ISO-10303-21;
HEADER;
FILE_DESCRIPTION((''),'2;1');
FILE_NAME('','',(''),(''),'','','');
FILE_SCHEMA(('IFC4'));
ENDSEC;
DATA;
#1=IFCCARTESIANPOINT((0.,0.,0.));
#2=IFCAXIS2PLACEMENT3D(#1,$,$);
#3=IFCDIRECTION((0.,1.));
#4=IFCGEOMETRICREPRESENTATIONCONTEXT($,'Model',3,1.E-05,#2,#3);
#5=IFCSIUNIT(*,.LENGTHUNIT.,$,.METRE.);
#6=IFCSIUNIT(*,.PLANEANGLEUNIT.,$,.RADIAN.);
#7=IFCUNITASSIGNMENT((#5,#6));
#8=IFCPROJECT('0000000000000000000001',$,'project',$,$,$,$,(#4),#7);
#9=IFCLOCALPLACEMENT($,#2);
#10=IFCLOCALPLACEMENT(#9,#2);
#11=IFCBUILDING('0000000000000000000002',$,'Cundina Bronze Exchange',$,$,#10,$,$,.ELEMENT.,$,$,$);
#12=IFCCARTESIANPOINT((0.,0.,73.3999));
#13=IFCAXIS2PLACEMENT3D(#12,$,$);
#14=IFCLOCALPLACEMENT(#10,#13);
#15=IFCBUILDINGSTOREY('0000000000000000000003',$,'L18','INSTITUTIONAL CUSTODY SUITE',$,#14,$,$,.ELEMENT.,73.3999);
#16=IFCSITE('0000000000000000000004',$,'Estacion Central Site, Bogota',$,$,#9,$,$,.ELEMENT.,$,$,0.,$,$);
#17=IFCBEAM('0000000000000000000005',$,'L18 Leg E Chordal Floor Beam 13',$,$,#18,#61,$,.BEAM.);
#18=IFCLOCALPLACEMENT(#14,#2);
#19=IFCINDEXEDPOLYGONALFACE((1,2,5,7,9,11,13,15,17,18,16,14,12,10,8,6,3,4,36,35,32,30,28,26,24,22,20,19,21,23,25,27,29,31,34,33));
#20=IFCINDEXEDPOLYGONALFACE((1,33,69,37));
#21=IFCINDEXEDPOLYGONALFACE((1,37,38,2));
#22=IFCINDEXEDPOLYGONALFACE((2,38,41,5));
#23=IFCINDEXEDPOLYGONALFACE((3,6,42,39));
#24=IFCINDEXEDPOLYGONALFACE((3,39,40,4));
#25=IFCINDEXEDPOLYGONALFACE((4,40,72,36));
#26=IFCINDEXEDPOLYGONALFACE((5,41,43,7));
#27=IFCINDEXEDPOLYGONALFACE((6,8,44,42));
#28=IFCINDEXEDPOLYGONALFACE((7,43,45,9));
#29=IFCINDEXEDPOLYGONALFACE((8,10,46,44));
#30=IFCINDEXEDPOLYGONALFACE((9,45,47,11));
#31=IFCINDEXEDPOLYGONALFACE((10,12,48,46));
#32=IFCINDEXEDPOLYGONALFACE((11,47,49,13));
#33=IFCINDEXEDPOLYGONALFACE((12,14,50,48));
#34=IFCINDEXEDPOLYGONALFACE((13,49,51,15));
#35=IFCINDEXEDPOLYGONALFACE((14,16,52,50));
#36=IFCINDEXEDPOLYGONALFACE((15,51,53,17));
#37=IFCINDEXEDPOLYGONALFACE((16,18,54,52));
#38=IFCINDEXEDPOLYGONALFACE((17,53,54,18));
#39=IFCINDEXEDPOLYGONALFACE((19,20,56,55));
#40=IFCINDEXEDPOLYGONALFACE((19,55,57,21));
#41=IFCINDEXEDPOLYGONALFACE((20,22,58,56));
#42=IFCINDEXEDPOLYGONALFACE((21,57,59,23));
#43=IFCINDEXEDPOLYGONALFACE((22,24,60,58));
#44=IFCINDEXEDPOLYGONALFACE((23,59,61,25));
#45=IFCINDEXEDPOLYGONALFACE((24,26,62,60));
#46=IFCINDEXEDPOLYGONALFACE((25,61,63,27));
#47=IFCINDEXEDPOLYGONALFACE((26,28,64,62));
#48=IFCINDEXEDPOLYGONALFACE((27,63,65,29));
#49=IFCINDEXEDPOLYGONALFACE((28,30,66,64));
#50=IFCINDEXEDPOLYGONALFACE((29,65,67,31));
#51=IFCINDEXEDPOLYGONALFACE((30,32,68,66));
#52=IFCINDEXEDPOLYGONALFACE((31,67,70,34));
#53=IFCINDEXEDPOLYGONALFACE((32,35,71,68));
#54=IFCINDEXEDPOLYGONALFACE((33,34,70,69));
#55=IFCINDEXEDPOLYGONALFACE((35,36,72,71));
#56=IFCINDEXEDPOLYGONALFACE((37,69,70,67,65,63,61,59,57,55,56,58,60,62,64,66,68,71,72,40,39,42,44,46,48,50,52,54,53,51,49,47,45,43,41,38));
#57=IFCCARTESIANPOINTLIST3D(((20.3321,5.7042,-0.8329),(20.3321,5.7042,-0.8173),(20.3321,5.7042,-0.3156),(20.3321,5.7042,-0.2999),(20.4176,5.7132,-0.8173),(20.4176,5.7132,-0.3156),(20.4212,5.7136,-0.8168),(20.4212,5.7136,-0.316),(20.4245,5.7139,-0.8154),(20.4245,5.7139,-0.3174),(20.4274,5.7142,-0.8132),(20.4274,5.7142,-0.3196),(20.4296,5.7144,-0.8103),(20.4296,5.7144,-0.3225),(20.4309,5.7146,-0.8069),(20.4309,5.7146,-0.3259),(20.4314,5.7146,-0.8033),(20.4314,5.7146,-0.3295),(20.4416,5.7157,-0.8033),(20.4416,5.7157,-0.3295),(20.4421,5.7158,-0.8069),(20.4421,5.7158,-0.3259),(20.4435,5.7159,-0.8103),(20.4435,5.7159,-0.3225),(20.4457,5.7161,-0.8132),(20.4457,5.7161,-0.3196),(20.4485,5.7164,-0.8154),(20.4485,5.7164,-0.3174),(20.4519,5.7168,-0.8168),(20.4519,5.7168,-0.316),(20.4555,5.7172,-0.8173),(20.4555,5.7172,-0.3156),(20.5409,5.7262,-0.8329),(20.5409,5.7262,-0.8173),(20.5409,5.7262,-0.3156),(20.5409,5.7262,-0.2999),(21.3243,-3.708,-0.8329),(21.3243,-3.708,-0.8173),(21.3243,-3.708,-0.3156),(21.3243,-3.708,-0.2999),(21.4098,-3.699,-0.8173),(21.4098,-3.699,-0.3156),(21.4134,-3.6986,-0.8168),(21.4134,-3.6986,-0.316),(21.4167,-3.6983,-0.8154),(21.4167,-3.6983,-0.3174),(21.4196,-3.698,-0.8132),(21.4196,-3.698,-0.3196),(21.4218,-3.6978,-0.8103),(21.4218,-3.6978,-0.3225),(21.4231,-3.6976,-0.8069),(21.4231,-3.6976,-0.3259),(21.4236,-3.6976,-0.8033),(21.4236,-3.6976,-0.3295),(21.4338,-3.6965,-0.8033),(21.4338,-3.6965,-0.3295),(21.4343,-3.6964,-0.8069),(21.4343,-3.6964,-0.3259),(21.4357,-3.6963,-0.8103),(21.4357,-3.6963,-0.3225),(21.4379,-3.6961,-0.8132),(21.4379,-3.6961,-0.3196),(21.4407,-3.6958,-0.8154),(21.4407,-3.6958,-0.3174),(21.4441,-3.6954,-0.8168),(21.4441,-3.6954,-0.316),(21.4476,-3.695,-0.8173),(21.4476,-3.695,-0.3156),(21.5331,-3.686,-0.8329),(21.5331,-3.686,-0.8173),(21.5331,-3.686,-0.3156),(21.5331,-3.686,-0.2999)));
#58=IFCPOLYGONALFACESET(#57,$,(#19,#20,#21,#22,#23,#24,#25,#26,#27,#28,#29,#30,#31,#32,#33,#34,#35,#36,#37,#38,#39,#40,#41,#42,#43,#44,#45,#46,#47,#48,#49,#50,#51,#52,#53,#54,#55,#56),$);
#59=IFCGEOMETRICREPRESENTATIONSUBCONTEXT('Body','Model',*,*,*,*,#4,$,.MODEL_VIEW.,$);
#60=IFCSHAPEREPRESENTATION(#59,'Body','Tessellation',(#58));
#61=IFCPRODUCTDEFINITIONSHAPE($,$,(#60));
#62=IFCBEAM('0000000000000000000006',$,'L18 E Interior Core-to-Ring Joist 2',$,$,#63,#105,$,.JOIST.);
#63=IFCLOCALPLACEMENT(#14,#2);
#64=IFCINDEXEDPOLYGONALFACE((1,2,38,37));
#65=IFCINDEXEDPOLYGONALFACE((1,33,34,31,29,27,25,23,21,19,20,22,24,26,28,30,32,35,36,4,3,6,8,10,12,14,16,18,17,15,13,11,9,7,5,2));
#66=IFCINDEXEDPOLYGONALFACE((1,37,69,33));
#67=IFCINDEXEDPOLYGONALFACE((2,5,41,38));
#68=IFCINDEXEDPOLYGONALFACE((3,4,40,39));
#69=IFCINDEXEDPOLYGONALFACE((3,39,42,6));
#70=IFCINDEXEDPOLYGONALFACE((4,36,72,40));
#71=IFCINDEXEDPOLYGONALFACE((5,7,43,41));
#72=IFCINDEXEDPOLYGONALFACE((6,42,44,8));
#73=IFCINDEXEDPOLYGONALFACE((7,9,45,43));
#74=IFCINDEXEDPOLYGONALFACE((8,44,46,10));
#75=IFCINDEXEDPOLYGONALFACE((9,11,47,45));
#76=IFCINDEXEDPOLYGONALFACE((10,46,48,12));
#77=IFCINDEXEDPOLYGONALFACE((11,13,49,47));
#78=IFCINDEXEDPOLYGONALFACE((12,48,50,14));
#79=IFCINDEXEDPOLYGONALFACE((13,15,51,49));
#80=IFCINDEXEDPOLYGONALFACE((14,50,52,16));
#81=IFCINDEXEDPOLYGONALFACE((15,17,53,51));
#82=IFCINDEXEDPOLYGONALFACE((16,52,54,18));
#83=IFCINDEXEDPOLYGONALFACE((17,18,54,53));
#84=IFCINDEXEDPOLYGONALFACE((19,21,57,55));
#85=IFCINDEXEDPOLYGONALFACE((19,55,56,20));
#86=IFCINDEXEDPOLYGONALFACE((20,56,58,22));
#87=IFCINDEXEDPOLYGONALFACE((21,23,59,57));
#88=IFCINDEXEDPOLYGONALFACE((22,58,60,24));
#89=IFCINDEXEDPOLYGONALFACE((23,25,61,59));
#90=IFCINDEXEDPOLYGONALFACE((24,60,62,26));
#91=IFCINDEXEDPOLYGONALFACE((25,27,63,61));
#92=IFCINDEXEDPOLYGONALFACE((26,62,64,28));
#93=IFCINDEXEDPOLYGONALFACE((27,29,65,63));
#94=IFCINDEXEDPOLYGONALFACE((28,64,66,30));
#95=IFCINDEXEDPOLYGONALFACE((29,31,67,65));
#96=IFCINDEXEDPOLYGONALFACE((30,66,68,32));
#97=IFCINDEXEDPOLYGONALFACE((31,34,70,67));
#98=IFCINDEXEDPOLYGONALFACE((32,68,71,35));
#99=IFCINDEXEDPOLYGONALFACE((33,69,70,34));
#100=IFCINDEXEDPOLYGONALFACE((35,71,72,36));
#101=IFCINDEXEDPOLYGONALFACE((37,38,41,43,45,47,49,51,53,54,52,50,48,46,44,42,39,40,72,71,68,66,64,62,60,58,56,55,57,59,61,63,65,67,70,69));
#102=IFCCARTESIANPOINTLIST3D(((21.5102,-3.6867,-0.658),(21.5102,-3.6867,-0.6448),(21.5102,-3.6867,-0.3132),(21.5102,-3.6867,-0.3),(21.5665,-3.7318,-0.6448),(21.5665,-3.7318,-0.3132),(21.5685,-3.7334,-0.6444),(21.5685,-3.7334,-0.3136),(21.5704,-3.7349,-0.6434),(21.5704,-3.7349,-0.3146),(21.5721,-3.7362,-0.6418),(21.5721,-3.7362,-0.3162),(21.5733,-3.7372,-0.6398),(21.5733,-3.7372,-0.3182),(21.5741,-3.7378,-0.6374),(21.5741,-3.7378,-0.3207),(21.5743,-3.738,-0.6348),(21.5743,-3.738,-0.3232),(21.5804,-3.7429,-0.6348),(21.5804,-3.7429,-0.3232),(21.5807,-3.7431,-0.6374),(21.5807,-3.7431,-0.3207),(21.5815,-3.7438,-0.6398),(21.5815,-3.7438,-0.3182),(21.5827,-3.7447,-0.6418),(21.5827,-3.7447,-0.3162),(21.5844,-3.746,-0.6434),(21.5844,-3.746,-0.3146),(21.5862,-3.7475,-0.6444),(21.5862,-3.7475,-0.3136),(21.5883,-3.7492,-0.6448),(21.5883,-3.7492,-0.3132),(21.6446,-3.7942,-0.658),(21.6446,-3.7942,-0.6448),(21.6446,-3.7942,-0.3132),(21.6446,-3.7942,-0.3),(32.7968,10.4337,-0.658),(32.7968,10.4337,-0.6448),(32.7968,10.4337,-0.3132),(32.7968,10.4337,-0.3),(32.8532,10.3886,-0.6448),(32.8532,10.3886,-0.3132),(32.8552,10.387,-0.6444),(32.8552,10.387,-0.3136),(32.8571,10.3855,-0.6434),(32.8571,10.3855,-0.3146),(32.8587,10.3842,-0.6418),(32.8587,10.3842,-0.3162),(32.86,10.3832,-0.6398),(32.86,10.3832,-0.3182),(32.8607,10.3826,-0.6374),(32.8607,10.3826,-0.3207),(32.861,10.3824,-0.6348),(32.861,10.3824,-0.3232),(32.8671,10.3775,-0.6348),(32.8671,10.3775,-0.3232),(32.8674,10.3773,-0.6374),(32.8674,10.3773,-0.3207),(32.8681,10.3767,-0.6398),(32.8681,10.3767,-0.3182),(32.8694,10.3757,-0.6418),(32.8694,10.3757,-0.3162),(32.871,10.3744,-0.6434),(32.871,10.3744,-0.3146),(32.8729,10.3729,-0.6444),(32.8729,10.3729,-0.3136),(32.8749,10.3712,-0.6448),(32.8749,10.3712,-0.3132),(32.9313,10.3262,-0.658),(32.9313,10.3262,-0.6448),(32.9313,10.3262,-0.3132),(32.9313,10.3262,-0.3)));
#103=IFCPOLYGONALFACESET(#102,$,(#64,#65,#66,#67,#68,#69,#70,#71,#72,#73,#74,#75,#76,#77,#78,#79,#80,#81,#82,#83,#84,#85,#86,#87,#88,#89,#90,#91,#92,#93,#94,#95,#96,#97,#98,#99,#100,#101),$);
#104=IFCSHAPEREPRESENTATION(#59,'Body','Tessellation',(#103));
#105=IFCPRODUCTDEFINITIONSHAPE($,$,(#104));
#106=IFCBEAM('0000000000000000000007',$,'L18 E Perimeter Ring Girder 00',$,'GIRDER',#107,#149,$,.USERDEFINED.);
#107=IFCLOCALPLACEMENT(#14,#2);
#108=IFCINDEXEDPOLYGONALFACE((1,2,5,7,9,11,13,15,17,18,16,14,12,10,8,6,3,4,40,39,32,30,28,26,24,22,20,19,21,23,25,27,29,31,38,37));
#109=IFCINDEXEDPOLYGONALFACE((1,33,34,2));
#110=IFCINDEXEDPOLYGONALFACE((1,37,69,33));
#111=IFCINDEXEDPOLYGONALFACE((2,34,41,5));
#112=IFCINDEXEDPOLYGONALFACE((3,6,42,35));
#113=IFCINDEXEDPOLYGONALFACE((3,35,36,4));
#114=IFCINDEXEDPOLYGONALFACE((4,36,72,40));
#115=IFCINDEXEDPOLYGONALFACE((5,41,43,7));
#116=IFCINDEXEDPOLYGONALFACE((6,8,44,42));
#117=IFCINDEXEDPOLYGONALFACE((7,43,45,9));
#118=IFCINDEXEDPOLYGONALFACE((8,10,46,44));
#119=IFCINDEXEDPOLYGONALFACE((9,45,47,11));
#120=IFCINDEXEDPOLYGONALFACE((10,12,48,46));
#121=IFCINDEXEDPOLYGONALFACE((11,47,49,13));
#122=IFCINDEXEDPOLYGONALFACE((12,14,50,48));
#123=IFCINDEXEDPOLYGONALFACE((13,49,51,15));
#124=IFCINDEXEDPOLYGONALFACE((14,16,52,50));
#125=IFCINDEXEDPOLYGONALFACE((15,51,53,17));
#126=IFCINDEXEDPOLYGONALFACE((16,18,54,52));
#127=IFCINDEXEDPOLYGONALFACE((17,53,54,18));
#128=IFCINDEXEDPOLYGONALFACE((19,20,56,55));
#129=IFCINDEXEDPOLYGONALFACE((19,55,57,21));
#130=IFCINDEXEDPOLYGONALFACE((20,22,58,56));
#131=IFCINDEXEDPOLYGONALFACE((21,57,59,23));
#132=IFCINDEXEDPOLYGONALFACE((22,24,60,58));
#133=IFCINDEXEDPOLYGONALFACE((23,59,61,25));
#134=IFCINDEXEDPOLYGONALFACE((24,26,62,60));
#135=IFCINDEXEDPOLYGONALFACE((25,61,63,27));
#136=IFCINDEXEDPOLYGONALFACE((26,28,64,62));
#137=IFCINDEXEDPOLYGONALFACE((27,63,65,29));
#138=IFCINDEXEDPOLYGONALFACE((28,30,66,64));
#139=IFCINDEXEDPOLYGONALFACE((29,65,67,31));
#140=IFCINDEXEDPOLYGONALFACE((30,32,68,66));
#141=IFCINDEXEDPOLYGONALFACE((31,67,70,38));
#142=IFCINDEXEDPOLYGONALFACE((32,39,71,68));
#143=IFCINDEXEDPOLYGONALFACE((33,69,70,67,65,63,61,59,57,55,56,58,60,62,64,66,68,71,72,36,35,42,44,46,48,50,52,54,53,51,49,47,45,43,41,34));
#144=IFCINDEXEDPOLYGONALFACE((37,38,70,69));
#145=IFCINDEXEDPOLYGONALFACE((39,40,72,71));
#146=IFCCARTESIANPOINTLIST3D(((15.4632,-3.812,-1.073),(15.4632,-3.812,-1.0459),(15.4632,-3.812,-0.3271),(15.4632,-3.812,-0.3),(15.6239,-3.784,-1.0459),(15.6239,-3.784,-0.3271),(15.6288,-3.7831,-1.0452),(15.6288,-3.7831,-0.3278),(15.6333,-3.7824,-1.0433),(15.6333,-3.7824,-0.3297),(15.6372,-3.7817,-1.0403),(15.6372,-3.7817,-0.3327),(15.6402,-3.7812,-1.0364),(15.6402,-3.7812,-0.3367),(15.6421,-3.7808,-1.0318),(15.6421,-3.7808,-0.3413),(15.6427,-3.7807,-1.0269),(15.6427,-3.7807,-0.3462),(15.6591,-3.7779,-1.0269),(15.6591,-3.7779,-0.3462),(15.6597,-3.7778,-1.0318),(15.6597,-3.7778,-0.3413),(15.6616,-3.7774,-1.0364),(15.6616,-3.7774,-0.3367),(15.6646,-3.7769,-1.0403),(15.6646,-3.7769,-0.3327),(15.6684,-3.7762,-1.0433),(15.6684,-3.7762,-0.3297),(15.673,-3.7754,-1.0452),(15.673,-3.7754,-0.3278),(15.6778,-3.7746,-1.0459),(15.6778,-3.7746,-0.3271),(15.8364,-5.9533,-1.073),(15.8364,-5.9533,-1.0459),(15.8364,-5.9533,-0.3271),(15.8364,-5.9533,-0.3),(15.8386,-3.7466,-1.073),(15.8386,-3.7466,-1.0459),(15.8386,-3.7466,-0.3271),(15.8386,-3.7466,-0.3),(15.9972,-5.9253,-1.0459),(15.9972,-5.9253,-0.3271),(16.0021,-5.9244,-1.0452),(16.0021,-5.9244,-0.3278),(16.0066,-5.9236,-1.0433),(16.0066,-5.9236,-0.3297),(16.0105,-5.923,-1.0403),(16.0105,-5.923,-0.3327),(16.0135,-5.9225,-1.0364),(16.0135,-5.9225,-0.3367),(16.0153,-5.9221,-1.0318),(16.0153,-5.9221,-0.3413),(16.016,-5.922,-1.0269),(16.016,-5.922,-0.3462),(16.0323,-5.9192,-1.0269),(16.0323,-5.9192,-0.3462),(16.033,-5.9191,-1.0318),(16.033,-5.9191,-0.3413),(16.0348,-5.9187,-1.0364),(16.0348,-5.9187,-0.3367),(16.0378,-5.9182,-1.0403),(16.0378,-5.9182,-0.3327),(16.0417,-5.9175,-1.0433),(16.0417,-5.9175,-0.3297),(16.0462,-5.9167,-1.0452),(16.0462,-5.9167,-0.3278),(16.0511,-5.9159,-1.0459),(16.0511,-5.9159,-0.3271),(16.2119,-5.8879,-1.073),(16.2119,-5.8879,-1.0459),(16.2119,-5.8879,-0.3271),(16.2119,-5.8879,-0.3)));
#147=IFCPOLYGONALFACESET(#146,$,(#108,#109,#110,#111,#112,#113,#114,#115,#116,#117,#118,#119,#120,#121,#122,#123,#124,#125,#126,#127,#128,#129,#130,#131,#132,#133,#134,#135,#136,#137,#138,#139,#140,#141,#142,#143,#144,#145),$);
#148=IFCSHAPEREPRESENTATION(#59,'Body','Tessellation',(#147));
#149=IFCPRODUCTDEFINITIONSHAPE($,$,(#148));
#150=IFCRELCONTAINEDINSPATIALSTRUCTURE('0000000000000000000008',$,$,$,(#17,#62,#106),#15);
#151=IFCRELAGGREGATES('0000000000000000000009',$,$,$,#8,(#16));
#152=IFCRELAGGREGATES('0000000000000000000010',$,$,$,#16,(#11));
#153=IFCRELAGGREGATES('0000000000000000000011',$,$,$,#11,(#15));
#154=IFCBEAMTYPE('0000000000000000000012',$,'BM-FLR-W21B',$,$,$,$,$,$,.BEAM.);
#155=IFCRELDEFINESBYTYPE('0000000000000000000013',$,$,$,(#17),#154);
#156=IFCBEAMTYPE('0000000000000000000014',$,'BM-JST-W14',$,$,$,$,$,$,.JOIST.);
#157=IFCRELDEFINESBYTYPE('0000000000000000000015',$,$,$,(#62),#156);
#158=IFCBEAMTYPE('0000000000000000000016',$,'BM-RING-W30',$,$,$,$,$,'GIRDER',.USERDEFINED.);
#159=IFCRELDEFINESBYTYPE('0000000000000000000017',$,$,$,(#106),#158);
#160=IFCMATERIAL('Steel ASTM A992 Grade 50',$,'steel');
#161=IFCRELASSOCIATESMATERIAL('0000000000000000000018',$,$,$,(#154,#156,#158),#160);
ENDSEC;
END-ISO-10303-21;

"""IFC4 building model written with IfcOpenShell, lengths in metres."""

from ifc_helpers import new_model, si_unit, direction, frame, origin, origin_2d, place, context, subcontext, project, spatial, i_section, extrude, material, material_profile, profile_set, type_object, element, save


model = new_model("IFC4")

# Units and contexts
model_context = context("Model", 3, precision=1e-05, world=origin(), true_north=direction((0.0, 1.0)))
body_context = subcontext(model_context, "Body", "Model", "MODEL_VIEW")
ifc_project = project(units=[si_unit("LENGTHUNIT", "METRE"), si_unit("PLANEANGLEUNIT", "RADIAN")], contexts=[model_context])

# Site, building, storey
site_placement = place(None, origin())
site = spatial("IfcSite", under=ifc_project, at=site_placement, Name="Estacion Central Site, Bogota", CompositionType="ELEMENT", RefElevation=0.0)
building_placement = place(site_placement, origin())
building = spatial("IfcBuilding", under=site, at=building_placement, Name="Cundina Bronze Exchange", CompositionType="ELEMENT")
storey_placement = place(building_placement, frame((0.0, 0.0, 73.3999)))
storey = spatial("IfcBuildingStorey", under=building, at=storey_placement, Name="L18", Description="INSTITUTIONAL CUSTODY SUITE", CompositionType="ELEMENT", Elevation=73.3999)

# Shared definitions
ifc_material_1 = material(Name="Steel ASTM A992 Grade 50", Category="steel")

# Beams
ifc_material_profile_1 = material_profile(ifc_material_1, i_section(OverallWidth=0.21, OverallDepth=0.533, WebThickness=0.0103, FlangeThickness=0.0156, FilletRadius=0.0139, at=origin_2d()), Name="W21X62", Category="steel")
ifc_profile_set_1 = profile_set([ifc_material_profile_1], Name="Steel ASTM A992 Grade 50")
beam_type_1 = type_object("IfcBeamType", Name="BM-FLR-W21B", PredefinedType="BEAM", material=ifc_profile_set_1)
beam_1_placement = place(storey_placement, frame((21.4287, -3.697, -0.5664), z_axis=(-0.104835, 0.99449, 0.0), x_axis=(-0.99449, -0.104835, 0.0)))
element("IfcBeam", 1, at=beam_1_placement, inside=storey, type_object=beam_type_1, Name="L18 Leg E Chordal Floor Beam 13", PredefinedType="BEAM", context=body_context, shape_type="SweptSolid", body=[
    extrude(i_section(OverallWidth=0.21, OverallDepth=0.533, WebThickness=0.0103, FlangeThickness=0.0156, FilletRadius=0.0139, at=origin_2d()), origin(), (0.0, 0.0, 1.0), 9.4644),
])
ifc_material_profile_2 = material_profile(ifc_material_1, i_section(OverallWidth=0.1721, OverallDepth=0.3579, WebThickness=0.0078, FlangeThickness=0.0132, FilletRadius=0.01, at=origin_2d()), Name="W14X38", Category="steel")
ifc_profile_set_2 = profile_set([ifc_material_profile_2], Name="Steel ASTM A992 Grade 50")
beam_type_2 = type_object("IfcBeamType", Name="BM-JST-W14", PredefinedType="JOIST", material=ifc_profile_set_2)
beam_2_placement = place(storey_placement, frame((21.5774, -3.7405, -0.479), z_axis=(0.624369, 0.78113, 0.0), x_axis=(-0.78113, 0.624369, 0.0)))
element("IfcBeam", 2, at=beam_2_placement, inside=storey, type_object=beam_type_2, Name="L18 E Interior Core-to-Ring Joist 2", PredefinedType="JOIST", context=body_context, shape_type="SweptSolid", body=[
    extrude(i_section(OverallWidth=0.1721, OverallDepth=0.3579, WebThickness=0.0078, FlangeThickness=0.0132, FilletRadius=0.01, at=origin_2d()), origin(), (0.0, 0.0, 1.0), 18.0769),
])
ifc_material_profile_3 = material_profile(ifc_material_1, i_section(OverallWidth=0.3811, OverallDepth=0.7729, WebThickness=0.0166, FlangeThickness=0.0271, FilletRadius=0.019, at=origin_2d()), Name="W30X173", Category="steel")
ifc_profile_set_3 = profile_set([ifc_material_profile_3], Name="Steel ASTM A992 Grade 50")
beam_type_3 = type_object("IfcBeamType", Name="BM-RING-W30", ElementType="GIRDER", PredefinedType="USERDEFINED", material=ifc_profile_set_3)
beam_3_placement = place(storey_placement, frame((15.6509, -3.7793, -0.6865), z_axis=(0.171735, -0.985143, 0.0), x_axis=(0.985143, 0.171735, 0.0)))
element("IfcBeam", 3, at=beam_3_placement, inside=storey, type_object=beam_type_3, Name="L18 E Perimeter Ring Girder 00", ObjectType="GIRDER", PredefinedType="USERDEFINED", context=body_context, shape_type="SweptSolid", body=[
    extrude(i_section(OverallWidth=0.3811, OverallDepth=0.7729, WebThickness=0.0166, FlangeThickness=0.0271, FilletRadius=0.019, at=origin_2d()), origin(), (0.0, 0.0, 1.0), 2.1736),
])

save(model, "model.ifc")
